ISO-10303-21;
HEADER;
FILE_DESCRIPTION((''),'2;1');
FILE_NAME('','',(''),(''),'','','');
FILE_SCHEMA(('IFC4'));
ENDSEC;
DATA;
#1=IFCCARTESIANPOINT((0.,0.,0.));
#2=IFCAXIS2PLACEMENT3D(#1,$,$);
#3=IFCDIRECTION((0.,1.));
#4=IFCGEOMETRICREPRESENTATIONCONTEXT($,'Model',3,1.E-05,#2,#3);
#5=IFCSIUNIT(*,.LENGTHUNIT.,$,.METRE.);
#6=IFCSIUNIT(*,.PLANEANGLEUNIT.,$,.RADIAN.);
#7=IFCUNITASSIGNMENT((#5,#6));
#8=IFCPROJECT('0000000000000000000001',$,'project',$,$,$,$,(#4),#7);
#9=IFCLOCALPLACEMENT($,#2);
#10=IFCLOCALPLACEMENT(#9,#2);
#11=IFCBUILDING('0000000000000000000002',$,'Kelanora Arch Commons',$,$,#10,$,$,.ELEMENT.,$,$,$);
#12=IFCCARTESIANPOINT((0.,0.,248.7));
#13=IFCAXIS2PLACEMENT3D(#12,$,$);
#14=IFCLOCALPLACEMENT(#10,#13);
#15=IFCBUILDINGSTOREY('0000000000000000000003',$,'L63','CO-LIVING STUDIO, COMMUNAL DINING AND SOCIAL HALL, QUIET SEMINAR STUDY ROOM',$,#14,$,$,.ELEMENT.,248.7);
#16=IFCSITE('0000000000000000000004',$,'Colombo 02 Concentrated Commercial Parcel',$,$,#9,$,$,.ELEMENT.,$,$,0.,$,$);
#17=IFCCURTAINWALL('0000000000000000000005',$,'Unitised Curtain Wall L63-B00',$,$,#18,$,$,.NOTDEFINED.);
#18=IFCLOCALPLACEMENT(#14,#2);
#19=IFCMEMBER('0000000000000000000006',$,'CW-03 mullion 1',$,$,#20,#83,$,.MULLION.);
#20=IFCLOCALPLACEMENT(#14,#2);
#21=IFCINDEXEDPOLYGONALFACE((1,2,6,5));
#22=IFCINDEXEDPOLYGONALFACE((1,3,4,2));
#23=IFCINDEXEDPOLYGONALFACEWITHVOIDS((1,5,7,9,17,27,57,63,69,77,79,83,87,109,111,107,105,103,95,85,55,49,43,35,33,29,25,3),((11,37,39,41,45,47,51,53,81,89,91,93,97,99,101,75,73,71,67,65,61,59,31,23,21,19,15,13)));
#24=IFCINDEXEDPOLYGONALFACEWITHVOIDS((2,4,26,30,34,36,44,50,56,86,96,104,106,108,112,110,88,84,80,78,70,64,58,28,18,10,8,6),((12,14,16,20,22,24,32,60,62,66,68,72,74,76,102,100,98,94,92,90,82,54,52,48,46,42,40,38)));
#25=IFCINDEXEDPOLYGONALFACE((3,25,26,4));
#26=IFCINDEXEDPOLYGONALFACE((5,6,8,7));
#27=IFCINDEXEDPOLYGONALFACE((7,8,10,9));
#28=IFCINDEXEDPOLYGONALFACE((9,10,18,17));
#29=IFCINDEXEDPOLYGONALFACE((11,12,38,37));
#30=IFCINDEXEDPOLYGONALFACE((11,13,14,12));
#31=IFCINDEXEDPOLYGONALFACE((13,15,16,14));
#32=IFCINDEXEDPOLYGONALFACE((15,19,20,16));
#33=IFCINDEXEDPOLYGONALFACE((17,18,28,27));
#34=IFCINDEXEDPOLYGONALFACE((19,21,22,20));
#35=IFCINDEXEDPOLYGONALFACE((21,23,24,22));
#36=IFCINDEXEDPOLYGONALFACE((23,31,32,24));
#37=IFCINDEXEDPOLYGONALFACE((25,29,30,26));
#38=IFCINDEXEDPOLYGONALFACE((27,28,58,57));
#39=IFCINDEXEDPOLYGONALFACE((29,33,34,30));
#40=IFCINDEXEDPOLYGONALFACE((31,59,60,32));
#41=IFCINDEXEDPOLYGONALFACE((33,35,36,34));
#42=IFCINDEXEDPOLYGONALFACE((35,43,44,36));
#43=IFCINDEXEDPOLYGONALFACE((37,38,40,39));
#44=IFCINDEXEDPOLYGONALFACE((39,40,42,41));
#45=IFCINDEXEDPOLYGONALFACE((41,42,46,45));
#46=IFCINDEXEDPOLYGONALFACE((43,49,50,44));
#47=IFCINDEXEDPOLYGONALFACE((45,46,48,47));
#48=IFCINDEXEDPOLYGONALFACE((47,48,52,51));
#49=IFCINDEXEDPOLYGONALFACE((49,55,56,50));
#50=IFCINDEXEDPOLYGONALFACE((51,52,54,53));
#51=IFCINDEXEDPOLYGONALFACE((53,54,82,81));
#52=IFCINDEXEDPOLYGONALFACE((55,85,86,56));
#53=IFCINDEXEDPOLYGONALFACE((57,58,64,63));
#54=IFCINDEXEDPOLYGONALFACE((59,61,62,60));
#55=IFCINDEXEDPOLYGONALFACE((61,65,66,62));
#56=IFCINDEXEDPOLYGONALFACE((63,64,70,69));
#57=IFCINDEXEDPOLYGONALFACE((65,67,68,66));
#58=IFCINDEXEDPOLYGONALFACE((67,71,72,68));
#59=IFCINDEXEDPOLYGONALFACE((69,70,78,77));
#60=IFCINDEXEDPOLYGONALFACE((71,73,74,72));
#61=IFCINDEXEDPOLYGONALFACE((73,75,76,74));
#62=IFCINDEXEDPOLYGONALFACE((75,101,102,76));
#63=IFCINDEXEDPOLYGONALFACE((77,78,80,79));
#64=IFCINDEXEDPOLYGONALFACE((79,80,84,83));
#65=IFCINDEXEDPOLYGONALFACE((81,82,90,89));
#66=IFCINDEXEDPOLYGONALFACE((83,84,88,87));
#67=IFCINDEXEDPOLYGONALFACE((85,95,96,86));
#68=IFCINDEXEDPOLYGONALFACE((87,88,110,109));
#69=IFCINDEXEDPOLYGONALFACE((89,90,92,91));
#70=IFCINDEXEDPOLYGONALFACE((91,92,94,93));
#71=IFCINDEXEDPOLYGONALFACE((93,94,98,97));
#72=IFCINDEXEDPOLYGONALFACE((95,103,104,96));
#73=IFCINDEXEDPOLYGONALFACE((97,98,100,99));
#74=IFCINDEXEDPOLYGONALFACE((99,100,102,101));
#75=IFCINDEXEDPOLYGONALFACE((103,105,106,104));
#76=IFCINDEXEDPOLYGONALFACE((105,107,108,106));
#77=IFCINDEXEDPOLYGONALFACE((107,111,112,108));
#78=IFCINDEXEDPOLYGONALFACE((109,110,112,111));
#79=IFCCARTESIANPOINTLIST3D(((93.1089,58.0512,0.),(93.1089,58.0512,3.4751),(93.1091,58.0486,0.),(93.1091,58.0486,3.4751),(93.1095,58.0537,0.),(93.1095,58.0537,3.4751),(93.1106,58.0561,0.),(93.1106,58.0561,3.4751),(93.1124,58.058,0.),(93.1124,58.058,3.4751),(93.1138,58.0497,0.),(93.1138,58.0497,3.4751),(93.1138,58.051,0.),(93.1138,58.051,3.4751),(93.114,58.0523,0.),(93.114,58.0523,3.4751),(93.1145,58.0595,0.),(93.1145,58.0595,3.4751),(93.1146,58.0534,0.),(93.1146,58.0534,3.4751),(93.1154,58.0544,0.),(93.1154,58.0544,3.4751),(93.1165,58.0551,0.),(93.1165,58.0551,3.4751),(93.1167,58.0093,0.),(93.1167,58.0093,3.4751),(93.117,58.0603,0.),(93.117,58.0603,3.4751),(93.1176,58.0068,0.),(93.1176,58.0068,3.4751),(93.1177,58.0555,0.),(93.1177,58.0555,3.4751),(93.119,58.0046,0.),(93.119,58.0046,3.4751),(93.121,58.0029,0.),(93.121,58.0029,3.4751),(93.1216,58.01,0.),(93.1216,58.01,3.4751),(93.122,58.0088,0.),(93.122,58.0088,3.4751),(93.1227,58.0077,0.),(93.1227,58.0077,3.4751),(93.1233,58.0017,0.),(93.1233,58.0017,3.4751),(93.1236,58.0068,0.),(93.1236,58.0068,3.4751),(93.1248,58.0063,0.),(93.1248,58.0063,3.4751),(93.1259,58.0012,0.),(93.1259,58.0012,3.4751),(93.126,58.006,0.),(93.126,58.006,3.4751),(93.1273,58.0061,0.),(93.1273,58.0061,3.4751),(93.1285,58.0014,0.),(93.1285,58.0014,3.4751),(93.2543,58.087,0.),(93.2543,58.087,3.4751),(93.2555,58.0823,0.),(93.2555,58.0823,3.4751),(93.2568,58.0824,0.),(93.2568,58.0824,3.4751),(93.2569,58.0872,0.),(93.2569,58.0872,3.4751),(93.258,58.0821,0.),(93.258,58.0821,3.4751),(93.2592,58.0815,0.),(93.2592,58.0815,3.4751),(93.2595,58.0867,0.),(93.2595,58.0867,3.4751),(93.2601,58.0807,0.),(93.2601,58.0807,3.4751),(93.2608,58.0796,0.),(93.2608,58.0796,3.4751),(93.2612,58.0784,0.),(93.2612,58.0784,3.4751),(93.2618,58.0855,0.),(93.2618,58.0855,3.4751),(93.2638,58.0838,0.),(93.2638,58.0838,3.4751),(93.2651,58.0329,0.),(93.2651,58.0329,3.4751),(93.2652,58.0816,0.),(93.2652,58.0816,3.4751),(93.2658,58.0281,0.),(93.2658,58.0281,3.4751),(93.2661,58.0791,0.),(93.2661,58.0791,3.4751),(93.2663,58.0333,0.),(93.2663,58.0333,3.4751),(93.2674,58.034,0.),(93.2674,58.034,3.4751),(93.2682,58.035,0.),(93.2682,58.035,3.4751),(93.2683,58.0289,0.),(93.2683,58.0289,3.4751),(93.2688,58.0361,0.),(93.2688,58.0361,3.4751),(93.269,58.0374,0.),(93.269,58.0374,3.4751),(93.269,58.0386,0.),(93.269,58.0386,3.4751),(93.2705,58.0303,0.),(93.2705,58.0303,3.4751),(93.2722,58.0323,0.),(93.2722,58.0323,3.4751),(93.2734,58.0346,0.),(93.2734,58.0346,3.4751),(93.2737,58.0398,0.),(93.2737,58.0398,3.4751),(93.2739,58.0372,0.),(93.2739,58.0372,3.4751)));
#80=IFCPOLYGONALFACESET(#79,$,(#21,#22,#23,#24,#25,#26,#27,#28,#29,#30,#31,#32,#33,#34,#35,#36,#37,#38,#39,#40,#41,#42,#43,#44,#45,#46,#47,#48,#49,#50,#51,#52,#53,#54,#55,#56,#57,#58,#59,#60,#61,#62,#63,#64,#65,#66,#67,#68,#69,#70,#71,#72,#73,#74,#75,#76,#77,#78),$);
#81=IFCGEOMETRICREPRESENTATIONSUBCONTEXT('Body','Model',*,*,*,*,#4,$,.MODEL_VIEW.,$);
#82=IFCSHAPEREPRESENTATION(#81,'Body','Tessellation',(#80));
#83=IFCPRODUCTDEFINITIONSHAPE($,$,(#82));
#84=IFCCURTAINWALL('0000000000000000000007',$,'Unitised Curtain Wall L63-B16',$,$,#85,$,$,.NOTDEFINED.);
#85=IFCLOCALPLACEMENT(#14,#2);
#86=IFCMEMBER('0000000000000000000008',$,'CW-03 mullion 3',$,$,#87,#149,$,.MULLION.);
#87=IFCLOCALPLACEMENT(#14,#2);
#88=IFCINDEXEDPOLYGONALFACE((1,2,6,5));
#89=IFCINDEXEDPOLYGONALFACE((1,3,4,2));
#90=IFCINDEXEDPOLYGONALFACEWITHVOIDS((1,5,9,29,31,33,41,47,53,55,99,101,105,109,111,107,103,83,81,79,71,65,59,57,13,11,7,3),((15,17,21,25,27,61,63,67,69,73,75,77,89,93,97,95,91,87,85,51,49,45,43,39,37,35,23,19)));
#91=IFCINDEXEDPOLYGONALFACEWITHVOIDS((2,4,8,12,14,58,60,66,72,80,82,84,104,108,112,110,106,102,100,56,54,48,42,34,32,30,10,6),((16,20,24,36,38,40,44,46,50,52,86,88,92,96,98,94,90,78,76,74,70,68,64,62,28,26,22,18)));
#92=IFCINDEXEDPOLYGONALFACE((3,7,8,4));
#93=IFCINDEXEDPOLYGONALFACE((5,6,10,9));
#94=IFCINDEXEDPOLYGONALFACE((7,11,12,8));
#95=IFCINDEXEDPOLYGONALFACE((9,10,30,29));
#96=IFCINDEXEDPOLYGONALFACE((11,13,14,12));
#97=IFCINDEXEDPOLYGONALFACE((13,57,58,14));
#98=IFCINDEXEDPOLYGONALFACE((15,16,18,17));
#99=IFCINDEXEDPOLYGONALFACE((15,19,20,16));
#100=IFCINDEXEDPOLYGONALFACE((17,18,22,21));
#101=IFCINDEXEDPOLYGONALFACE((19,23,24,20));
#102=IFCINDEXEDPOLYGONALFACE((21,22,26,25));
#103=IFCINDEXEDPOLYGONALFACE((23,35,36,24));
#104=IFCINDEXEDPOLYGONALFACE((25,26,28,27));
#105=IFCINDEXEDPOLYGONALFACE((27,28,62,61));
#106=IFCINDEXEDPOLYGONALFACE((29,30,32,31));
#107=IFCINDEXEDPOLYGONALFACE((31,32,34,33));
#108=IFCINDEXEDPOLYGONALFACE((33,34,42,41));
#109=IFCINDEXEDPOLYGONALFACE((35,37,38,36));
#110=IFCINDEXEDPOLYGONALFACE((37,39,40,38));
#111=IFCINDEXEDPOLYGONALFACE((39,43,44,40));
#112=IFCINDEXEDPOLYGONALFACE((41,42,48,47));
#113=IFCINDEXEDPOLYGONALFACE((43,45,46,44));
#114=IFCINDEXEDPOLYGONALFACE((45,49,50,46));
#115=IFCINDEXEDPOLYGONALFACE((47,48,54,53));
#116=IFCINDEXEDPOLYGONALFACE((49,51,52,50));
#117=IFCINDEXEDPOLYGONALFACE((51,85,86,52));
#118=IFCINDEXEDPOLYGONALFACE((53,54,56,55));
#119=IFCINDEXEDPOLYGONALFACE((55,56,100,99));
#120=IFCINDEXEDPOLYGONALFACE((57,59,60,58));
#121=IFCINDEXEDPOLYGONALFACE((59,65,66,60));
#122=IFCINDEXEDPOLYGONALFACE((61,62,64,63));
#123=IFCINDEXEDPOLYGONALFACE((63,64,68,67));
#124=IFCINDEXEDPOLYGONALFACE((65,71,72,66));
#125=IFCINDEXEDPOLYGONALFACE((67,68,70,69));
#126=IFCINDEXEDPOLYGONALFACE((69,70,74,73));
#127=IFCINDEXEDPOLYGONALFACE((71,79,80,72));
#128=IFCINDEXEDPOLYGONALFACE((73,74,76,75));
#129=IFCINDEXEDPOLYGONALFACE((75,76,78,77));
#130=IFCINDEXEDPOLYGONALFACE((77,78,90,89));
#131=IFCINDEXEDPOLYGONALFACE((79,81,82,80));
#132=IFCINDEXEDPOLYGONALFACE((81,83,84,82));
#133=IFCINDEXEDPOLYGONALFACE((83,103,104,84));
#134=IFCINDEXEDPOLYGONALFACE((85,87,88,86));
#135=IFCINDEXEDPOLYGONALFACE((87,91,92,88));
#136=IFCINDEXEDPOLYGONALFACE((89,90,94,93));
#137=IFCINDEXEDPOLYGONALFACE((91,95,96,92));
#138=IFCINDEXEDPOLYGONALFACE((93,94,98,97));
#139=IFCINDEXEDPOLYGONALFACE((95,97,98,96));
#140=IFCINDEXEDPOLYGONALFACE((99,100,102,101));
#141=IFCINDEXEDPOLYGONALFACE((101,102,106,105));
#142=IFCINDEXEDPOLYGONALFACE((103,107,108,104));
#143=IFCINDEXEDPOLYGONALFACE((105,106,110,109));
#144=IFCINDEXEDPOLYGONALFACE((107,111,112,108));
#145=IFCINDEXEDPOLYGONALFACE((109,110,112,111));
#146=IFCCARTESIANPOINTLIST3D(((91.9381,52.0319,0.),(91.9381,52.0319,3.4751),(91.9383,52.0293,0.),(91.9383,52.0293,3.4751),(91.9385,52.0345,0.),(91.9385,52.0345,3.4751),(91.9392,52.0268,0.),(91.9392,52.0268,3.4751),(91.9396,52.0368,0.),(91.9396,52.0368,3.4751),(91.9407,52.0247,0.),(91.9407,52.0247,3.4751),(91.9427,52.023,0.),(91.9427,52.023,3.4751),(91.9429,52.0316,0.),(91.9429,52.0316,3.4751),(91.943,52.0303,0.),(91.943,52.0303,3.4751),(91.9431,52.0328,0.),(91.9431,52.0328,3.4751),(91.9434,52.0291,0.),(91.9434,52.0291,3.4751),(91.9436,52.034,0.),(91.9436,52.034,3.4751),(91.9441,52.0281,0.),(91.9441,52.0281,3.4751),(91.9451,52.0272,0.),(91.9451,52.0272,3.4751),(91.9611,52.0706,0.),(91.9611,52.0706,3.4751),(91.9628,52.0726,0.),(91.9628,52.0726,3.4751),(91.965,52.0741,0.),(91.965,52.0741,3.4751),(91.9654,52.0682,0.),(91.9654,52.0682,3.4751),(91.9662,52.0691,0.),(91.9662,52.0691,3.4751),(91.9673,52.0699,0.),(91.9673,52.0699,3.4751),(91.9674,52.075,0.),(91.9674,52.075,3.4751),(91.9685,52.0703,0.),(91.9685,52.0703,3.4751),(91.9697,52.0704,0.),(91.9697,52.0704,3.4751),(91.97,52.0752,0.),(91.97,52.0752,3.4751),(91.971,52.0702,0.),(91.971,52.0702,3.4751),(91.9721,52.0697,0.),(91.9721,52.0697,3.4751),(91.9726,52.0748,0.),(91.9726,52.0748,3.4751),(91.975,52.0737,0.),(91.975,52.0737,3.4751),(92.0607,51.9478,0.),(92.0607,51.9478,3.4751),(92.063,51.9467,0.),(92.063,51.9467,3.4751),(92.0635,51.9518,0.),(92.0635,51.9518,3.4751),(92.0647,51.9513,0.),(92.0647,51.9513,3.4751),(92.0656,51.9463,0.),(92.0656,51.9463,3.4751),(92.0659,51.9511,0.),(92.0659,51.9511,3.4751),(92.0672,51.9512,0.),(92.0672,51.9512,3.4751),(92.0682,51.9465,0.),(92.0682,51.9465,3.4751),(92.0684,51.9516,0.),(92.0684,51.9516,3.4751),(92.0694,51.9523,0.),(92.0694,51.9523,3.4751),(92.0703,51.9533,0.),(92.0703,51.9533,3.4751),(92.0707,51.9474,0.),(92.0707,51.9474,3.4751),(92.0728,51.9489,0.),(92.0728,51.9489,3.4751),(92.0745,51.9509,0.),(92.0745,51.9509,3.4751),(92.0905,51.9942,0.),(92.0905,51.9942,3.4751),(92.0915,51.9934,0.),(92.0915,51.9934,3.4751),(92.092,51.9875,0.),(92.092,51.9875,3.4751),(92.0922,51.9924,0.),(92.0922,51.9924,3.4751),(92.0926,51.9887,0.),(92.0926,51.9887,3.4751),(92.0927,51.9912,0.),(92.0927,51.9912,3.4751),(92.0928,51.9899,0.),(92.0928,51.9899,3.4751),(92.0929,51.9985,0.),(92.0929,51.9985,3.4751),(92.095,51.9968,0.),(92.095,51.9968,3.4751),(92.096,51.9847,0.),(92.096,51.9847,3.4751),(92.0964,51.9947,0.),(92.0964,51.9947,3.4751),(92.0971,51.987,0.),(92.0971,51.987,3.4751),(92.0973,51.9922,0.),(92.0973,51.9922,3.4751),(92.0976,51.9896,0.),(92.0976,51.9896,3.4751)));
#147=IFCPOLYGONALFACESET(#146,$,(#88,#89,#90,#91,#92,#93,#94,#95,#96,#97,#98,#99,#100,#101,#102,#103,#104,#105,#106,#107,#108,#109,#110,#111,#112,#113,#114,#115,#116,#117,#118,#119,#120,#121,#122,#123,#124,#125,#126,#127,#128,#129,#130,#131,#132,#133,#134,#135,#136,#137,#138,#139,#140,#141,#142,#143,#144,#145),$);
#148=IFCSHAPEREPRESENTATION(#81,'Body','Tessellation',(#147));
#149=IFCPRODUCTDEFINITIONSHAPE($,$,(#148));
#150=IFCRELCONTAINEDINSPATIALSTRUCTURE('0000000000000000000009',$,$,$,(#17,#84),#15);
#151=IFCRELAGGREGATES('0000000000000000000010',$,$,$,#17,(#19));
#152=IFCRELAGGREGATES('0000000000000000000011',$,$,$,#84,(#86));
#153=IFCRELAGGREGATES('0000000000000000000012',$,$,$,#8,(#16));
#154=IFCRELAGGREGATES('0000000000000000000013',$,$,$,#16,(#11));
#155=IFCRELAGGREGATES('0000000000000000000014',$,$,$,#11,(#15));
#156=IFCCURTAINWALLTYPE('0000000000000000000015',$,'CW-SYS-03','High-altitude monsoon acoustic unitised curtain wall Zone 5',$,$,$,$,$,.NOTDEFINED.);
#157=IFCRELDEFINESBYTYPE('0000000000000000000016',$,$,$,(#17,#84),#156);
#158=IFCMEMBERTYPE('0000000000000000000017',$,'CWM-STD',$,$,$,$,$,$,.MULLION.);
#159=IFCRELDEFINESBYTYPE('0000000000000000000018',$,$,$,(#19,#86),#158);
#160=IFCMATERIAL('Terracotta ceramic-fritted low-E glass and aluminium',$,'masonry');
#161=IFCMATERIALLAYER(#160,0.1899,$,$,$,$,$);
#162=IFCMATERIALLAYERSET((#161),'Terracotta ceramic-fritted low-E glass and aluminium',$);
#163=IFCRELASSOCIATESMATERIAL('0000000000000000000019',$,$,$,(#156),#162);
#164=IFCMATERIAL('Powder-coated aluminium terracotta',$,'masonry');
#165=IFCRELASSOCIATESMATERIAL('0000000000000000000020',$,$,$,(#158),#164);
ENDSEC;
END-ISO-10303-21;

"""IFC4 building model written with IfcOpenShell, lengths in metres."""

from ifc_helpers import new_model, si_unit, direction, frame, origin, origin_2d, place, context, subcontext, project, spatial, hollow_rectangle, extrude, material, layer, layer_set, material_profile, profile_set, type_object, element, aggregate, save


model = new_model("IFC4")

# Units and contexts
model_context = context("Model", 3, precision=1e-05, world=origin(), true_north=direction((0.0, 1.0)))
body_context = subcontext(model_context, "Body", "Model", "MODEL_VIEW")
ifc_project = project(units=[si_unit("LENGTHUNIT", "METRE"), si_unit("PLANEANGLEUNIT", "RADIAN")], contexts=[model_context])

# Site, building, storey
site_placement = place(None, origin())
site = spatial("IfcSite", under=ifc_project, at=site_placement, Name="Colombo 02 Concentrated Commercial Parcel", CompositionType="ELEMENT", RefElevation=0.0)
building_placement = place(site_placement, origin())
building = spatial("IfcBuilding", under=site, at=building_placement, Name="Kelanora Arch Commons", CompositionType="ELEMENT")
storey_placement = place(building_placement, frame((0.0, 0.0, 248.7)))
storey = spatial("IfcBuildingStorey", under=building, at=storey_placement, Name="L63", Description="CO-LIVING STUDIO, COMMUNAL DINING AND SOCIAL HALL, QUIET SEMINAR STUDY ROOM", CompositionType="ELEMENT", Elevation=248.7)

# Curtain walls, members
ifc_material_1 = material(Name="Terracotta ceramic-fritted low-E glass and aluminium", Category="masonry")
ifc_layer_1 = layer(ifc_material_1, 0.1899)
ifc_layer_set_1 = layer_set([ifc_layer_1], Name="Terracotta ceramic-fritted low-E glass and aluminium")
curtain_wall_type = type_object("IfcCurtainWallType", Name="CW-SYS-03", Description="High-altitude monsoon acoustic unitised curtain wall Zone 5", PredefinedType="NOTDEFINED", material=ifc_layer_set_1)
curtain_wall_1_placement = place(storey_placement, origin())
curtain_wall_1 = element("IfcCurtainWall", 1, at=curtain_wall_1_placement, inside=storey, type_object=curtain_wall_type, Name="Unitised Curtain Wall L63-B00", PredefinedType="NOTDEFINED")
ifc_material_2 = material(Name="Powder-coated aluminium terracotta", Category="masonry")
ifc_material_profile_1 = material_profile(ifc_material_2, hollow_rectangle(XDim=0.1599, YDim=0.0601, WallThickness=0.0049, InnerFilletRadius=0.0049, OuterFilletRadius=0.01, at=origin_2d()), Name="CWM160x60")
ifc_profile_set_1 = profile_set([ifc_material_profile_1], Name="Powder-coated aluminium terracotta")
member_type_1 = type_object("IfcMemberType", Name="CWM-STD", PredefinedType="MULLION", material=ifc_profile_set_1)
member_1_placement = place(storey_placement, frame((93.1914, 58.0442, 0.0), z_axis=(0.0, 0.0, 1.0), x_axis=(-0.981596, -0.190972, 0.0)))
member_1 = element("IfcMember", 2, at=member_1_placement, type_object=member_type_1, Name="CW-03 mullion 1", PredefinedType="MULLION", context=body_context, shape_type="SweptSolid", body=[
    extrude(hollow_rectangle(XDim=0.1599, YDim=0.0601, WallThickness=0.0049, InnerFilletRadius=0.0049, OuterFilletRadius=0.01, at=origin_2d()), origin(), (0.0, 0.0, 1.0), 3.4751),
])
curtain_wall_2_placement = place(storey_placement, origin())
curtain_wall_2 = element("IfcCurtainWall", 3, at=curtain_wall_2_placement, inside=storey, type_object=curtain_wall_type, Name="Unitised Curtain Wall L63-B16", PredefinedType="NOTDEFINED")
member_2_placement = place(storey_placement, frame((92.0178, 52.0107, 0.0), z_axis=(0.0, 0.0, 1.0), x_axis=(-0.843391, 0.5373, 0.0)))
member_2 = element("IfcMember", 4, at=member_2_placement, type_object=member_type_1, Name="CW-03 mullion 3", PredefinedType="MULLION", context=body_context, shape_type="SweptSolid", body=[
    extrude(hollow_rectangle(XDim=0.1599, YDim=0.0601, WallThickness=0.0049, InnerFilletRadius=0.0049, OuterFilletRadius=0.01, at=origin_2d()), origin(), (0.0, 0.0, 1.0), 3.4751),
])

aggregate(curtain_wall_1, [member_1])

aggregate(curtain_wall_2, [member_2])

save(model, "model.ifc")
